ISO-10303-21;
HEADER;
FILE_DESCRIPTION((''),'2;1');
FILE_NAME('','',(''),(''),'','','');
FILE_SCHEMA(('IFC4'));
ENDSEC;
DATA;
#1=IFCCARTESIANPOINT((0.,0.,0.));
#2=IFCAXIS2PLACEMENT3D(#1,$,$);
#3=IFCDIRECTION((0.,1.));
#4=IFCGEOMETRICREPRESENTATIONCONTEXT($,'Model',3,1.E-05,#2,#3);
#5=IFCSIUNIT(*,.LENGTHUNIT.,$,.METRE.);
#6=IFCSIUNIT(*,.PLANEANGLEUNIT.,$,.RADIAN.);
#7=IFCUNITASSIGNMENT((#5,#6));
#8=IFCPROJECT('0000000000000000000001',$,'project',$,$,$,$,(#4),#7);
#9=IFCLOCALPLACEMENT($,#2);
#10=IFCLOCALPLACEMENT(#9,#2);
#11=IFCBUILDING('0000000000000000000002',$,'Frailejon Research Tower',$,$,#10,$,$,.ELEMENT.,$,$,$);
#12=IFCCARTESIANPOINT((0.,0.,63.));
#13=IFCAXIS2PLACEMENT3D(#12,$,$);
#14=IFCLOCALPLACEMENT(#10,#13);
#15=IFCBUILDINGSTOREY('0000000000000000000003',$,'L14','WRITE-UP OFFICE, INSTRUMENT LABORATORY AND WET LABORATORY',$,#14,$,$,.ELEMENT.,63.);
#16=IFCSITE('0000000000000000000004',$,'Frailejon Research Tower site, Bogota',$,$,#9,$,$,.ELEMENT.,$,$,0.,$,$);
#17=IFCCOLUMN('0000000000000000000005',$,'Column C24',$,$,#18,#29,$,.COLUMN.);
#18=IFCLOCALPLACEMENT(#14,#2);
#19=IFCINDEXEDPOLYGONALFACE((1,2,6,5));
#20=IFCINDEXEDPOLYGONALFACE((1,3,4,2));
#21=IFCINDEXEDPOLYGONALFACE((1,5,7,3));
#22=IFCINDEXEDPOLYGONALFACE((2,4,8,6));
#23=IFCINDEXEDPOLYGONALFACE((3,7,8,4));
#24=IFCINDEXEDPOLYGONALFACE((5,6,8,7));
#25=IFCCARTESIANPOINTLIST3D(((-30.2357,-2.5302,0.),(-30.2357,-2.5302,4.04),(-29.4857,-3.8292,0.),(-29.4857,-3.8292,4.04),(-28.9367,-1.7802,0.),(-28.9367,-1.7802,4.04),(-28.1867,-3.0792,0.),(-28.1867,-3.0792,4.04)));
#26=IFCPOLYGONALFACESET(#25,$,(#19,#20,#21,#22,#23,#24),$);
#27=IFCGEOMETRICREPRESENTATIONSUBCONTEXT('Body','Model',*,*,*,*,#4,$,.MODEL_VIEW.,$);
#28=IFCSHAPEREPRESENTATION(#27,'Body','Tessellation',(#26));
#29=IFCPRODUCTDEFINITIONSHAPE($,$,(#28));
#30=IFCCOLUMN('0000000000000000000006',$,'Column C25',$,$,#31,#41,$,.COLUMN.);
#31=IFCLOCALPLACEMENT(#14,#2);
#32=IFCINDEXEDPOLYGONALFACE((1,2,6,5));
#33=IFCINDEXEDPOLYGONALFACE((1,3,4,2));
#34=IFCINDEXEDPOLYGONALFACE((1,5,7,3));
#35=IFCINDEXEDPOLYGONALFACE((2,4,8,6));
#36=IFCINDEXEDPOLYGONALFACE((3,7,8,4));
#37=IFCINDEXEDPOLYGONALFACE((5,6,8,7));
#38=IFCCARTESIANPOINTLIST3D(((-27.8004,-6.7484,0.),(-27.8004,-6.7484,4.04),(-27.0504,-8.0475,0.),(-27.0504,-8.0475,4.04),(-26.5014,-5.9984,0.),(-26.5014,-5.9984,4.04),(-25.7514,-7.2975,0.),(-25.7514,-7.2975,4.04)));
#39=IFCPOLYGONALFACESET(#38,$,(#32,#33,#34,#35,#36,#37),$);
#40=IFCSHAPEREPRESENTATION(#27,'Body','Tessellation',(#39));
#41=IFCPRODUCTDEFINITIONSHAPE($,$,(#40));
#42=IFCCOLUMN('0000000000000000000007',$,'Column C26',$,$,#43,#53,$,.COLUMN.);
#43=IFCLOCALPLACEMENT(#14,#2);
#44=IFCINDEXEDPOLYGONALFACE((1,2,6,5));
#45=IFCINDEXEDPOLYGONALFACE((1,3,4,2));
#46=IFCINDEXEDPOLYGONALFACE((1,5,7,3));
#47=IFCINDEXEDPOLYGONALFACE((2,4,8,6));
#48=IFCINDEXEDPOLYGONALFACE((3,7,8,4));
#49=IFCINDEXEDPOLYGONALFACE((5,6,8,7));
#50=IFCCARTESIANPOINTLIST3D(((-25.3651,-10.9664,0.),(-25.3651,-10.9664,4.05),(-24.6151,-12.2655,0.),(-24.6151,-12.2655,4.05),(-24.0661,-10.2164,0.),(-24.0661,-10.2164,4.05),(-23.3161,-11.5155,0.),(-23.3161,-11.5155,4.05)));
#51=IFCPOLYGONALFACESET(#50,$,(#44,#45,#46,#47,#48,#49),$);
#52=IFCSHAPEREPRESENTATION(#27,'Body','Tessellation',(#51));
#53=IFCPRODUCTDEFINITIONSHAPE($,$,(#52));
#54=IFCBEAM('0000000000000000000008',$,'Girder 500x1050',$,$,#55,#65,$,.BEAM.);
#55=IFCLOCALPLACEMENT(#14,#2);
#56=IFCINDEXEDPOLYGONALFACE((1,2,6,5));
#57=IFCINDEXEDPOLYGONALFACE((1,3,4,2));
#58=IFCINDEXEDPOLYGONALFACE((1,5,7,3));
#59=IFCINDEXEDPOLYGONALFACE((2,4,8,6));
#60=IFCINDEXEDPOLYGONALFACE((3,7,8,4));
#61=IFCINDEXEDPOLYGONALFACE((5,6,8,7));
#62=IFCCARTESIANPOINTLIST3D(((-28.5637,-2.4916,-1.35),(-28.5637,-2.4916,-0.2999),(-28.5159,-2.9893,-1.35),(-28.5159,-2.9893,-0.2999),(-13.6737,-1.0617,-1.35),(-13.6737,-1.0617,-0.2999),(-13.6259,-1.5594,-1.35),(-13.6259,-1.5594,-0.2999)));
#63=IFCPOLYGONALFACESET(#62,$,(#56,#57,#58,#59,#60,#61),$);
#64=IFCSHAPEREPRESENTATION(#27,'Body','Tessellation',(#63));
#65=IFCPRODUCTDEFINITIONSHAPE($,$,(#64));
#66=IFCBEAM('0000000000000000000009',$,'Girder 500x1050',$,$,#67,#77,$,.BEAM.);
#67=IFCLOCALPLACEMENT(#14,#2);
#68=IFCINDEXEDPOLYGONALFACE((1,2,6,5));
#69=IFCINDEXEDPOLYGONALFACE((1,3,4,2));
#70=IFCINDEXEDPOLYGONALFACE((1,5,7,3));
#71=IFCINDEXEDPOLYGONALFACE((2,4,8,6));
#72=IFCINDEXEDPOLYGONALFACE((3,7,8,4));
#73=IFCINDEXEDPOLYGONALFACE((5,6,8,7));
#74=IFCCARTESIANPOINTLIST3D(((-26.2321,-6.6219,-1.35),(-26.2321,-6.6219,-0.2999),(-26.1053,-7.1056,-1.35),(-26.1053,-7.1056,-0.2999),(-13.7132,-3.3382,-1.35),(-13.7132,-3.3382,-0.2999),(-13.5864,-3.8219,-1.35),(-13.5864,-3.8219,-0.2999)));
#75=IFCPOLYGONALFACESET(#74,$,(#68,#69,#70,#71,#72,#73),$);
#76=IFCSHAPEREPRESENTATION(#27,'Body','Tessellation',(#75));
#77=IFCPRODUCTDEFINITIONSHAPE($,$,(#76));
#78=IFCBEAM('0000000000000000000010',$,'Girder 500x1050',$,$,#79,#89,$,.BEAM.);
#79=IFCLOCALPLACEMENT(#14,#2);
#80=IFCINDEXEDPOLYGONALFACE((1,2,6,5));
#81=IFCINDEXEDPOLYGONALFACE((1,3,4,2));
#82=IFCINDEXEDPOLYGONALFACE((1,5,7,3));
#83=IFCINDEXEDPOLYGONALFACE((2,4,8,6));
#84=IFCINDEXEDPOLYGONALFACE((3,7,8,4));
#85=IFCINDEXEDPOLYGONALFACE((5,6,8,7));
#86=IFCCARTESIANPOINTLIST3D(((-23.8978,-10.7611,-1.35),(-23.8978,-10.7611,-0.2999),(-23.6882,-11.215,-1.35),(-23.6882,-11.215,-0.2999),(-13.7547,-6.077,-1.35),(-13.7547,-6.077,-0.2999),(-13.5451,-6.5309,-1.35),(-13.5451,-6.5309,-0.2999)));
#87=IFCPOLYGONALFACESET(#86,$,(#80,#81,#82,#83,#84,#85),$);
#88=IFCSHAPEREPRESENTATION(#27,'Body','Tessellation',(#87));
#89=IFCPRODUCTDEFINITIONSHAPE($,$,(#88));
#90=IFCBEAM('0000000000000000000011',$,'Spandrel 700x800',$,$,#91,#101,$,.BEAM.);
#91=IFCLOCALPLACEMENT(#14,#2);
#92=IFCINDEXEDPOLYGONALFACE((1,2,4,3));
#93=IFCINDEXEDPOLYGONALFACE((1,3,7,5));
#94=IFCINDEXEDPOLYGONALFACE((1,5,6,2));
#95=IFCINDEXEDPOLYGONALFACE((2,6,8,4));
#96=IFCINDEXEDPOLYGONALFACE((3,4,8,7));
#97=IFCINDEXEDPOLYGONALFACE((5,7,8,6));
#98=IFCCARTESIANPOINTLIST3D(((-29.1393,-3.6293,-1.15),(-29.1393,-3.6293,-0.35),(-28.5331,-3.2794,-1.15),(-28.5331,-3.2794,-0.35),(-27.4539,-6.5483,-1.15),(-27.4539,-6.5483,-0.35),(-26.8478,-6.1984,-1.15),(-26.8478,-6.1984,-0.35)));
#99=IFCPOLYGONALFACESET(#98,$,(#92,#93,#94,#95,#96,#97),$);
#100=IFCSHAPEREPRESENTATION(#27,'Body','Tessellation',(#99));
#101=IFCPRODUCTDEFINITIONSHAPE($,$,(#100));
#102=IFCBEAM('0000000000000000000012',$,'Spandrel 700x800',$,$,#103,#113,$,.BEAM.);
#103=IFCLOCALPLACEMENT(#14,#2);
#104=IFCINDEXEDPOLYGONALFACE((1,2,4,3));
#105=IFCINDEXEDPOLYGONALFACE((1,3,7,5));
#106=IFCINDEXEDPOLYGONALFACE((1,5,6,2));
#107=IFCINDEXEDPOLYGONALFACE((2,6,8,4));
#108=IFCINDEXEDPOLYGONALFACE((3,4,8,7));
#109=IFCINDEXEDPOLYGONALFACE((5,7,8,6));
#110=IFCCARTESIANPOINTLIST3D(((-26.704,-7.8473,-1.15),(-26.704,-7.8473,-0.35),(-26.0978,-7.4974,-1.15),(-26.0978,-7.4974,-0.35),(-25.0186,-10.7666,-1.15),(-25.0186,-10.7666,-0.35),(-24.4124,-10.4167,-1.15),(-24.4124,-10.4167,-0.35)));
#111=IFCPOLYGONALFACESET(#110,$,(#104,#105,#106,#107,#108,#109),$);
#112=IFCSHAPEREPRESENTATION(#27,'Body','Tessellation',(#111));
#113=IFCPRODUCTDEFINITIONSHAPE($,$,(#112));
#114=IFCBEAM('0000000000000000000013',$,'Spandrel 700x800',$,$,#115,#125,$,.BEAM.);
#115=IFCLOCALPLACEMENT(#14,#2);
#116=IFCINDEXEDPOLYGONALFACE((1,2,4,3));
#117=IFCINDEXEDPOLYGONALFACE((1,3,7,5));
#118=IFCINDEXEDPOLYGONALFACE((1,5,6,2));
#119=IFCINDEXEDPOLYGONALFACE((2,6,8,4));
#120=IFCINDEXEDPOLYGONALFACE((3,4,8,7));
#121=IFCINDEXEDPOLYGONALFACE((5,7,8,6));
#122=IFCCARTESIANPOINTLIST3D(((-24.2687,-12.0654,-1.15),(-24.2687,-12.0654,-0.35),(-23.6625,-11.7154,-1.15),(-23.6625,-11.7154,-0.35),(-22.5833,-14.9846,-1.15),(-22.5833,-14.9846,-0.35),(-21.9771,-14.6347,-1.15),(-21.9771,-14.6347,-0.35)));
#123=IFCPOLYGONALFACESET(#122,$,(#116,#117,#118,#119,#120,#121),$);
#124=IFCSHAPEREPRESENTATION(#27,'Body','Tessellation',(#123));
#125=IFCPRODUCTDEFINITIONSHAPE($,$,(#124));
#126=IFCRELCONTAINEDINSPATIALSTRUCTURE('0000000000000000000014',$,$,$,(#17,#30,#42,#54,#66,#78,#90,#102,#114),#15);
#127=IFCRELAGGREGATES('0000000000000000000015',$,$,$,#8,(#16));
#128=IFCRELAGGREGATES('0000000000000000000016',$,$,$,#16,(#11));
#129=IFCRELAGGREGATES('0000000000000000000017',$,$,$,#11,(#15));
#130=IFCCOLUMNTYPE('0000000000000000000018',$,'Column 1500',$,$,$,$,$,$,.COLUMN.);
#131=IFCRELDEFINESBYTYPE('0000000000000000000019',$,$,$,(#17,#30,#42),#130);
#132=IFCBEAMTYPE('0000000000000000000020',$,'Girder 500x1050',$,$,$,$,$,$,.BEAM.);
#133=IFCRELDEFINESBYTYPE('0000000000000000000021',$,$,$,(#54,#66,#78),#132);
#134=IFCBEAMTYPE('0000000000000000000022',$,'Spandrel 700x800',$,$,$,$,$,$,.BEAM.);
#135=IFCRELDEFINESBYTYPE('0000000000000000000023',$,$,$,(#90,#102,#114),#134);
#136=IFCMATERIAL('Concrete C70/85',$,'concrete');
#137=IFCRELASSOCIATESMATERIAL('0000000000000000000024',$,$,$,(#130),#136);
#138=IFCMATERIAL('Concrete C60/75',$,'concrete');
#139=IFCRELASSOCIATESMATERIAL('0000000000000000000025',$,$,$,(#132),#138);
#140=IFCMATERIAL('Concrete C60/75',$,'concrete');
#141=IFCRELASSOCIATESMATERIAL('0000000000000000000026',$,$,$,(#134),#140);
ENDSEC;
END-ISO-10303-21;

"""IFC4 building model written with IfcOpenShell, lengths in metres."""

from ifc_helpers import new_model, si_unit, direction, frame, origin, origin_2d, place, context, subcontext, project, spatial, rectangle, extrude, material, material_profile, profile_set, type_object, element, save


model = new_model("IFC4")

# Units and contexts
model_context = context("Model", 3, precision=1e-05, world=origin(), true_north=direction((0.0, 1.0)))
body_context = subcontext(model_context, "Body", "Model", "MODEL_VIEW")
ifc_project = project(units=[si_unit("LENGTHUNIT", "METRE"), si_unit("PLANEANGLEUNIT", "RADIAN")], contexts=[model_context])

# Site, building, storey
site_placement = place(None, origin())
site = spatial("IfcSite", under=ifc_project, at=site_placement, Name="Frailejon Research Tower site, Bogota", CompositionType="ELEMENT", RefElevation=0.0)
building_placement = place(site_placement, origin())
building = spatial("IfcBuilding", under=site, at=building_placement, Name="Frailejon Research Tower", CompositionType="ELEMENT")
storey_placement = place(building_placement, frame((0.0, 0.0, 63.0)))
storey = spatial("IfcBuildingStorey", under=building, at=storey_placement, Name="L14", Description="WRITE-UP OFFICE, INSTRUMENT LABORATORY AND WET LABORATORY", CompositionType="ELEMENT", Elevation=63.0)

# Columns
ifc_material_1 = material(Name="Concrete C70/85", Category="concrete")
ifc_material_profile_1 = material_profile(ifc_material_1, rectangle(XDim=1.5, YDim=1.5, at=origin_2d()), Name="Column 1500")
ifc_profile_set_1 = profile_set([ifc_material_profile_1], Name="Concrete C70/85")
column_type = type_object("IfcColumnType", Name="Column 1500", PredefinedType="COLUMN", material=ifc_profile_set_1)
for number, where, z_axis, x_axis, name in (
    (1, (-29.2112, -2.8047, 0.0), (0.0, 0.0, 1.0), (0.5, -0.866025, 0.0), "Column C24"),
    (2, (-26.7759, -7.0229, 0.0), (0.0, 0.0, 1.0), (0.5, -0.866025, 0.0), "Column C25"),
):
    element("IfcColumn", number, at=place(storey_placement, frame(where, z_axis=z_axis, x_axis=x_axis)), inside=storey, type_object=column_type, Name=name, PredefinedType="COLUMN", context=body_context, shape_type="SweptSolid", body=[
        extrude(rectangle(XDim=1.5, YDim=1.5, at=origin_2d()), origin(), (0.0, 0.0, 1.0), 4.04),
    ])
column_placement = place(storey_placement, frame((-24.3406, -11.241, 0.0), z_axis=(0.0, 0.0, 1.0), x_axis=(0.5, -0.866025, 0.0)))
element("IfcColumn", 3, at=column_placement, inside=storey, type_object=column_type, Name="Column C26", PredefinedType="COLUMN", context=body_context, shape_type="SweptSolid", body=[
    extrude(rectangle(XDim=1.5, YDim=1.5, at=origin_2d()), origin(), (0.0, 0.0, 1.0), 4.05),
])

# Beams
ifc_material_2 = material(Name="Concrete C60/75", Category="concrete")
ifc_material_profile_2 = material_profile(ifc_material_2, rectangle(XDim=0.5, YDim=1.05, at=origin_2d()), Name="Girder 500x1050")
ifc_profile_set_2 = profile_set([ifc_material_profile_2], Name="Concrete C60/75")
beam_type_1 = type_object("IfcBeamType", Name="Girder 500x1050", PredefinedType="BEAM", material=ifc_profile_set_2)
beam_1_placement = place(storey_placement, frame((-28.5398, -2.7405, -0.825), z_axis=(0.99542, 0.095594, 0.0), x_axis=(-0.095594, 0.99542, 0.0)))
element("IfcBeam", 4, at=beam_1_placement, inside=storey, type_object=beam_type_1, Name="Girder 500x1050", PredefinedType="BEAM", context=body_context, shape_type="SweptSolid", body=[
    extrude(rectangle(XDim=0.5, YDim=1.05, at=origin_2d()), origin(), (0.0, 0.0, 1.0), 14.9585),
])
beam_2_placement = place(storey_placement, frame((-26.1687, -6.8638, -0.825), z_axis=(0.967278, 0.253718, 0.0), x_axis=(-0.253718, 0.967278, 0.0)))
element("IfcBeam", 5, at=beam_2_placement, inside=storey, type_object=beam_type_1, Name="Girder 500x1050", PredefinedType="BEAM", context=body_context, shape_type="SweptSolid", body=[
    extrude(rectangle(XDim=0.5, YDim=1.05, at=origin_2d()), origin(), (0.0, 0.0, 1.0), 12.9424),
])
beam_3_placement = place(storey_placement, frame((-23.793, -10.988, -0.825), z_axis=(0.907869, 0.419255, 0.0), x_axis=(-0.419255, 0.907869, 0.0)))
element("IfcBeam", 6, at=beam_3_placement, inside=storey, type_object=beam_type_1, Name="Girder 500x1050", PredefinedType="BEAM", context=body_context, shape_type="SweptSolid", body=[
    extrude(rectangle(XDim=0.5, YDim=1.05, at=origin_2d()), origin(), (0.0, 0.0, 1.0), 11.1724),
])
ifc_material_3 = material(Name="Concrete C60/75", Category="concrete")
ifc_material_profile_3 = material_profile(ifc_material_3, rectangle(XDim=0.7, YDim=0.8, at=origin_2d()), Name="Spandrel 700x800")
ifc_profile_set_3 = profile_set([ifc_material_profile_3], Name="Concrete C60/75")
beam_type_2 = type_object("IfcBeamType", Name="Spandrel 700x800", PredefinedType="BEAM", material=ifc_profile_set_3)
beam_4_placement = place(storey_placement, frame((-28.8362, -3.4543, -0.75), z_axis=(0.500011, -0.866019, 0.0), x_axis=(0.866019, 0.500011, 0.0)))
element("IfcBeam", 7, at=beam_4_placement, inside=storey, type_object=beam_type_2, Name="Spandrel 700x800", PredefinedType="BEAM", context=body_context, shape_type="SweptSolid", body=[
    extrude(rectangle(XDim=0.7, YDim=0.8, at=origin_2d()), origin(), (0.0, 0.0, 1.0), 3.3706),
])
for number, where, z_axis, x_axis, name in (
    (8, (-26.4009, -7.6724, -0.75), (0.49998, -0.866037, 0.0), (0.866037, 0.49998, 0.0), "Spandrel 700x800"),
    (9, (-23.9656, -11.8904, -0.75), (0.49998, -0.866037, 0.0), (0.866037, 0.49998, 0.0), "Spandrel 700x800"),
):
    element("IfcBeam", number, at=place(storey_placement, frame(where, z_axis=z_axis, x_axis=x_axis)), inside=storey, type_object=beam_type_2, Name=name, PredefinedType="BEAM", context=body_context, shape_type="SweptSolid", body=[
        extrude(rectangle(XDim=0.7, YDim=0.8, at=origin_2d()), origin(), (0.0, 0.0, 1.0), 3.3708),
    ])

save(model, "model.ifc")
